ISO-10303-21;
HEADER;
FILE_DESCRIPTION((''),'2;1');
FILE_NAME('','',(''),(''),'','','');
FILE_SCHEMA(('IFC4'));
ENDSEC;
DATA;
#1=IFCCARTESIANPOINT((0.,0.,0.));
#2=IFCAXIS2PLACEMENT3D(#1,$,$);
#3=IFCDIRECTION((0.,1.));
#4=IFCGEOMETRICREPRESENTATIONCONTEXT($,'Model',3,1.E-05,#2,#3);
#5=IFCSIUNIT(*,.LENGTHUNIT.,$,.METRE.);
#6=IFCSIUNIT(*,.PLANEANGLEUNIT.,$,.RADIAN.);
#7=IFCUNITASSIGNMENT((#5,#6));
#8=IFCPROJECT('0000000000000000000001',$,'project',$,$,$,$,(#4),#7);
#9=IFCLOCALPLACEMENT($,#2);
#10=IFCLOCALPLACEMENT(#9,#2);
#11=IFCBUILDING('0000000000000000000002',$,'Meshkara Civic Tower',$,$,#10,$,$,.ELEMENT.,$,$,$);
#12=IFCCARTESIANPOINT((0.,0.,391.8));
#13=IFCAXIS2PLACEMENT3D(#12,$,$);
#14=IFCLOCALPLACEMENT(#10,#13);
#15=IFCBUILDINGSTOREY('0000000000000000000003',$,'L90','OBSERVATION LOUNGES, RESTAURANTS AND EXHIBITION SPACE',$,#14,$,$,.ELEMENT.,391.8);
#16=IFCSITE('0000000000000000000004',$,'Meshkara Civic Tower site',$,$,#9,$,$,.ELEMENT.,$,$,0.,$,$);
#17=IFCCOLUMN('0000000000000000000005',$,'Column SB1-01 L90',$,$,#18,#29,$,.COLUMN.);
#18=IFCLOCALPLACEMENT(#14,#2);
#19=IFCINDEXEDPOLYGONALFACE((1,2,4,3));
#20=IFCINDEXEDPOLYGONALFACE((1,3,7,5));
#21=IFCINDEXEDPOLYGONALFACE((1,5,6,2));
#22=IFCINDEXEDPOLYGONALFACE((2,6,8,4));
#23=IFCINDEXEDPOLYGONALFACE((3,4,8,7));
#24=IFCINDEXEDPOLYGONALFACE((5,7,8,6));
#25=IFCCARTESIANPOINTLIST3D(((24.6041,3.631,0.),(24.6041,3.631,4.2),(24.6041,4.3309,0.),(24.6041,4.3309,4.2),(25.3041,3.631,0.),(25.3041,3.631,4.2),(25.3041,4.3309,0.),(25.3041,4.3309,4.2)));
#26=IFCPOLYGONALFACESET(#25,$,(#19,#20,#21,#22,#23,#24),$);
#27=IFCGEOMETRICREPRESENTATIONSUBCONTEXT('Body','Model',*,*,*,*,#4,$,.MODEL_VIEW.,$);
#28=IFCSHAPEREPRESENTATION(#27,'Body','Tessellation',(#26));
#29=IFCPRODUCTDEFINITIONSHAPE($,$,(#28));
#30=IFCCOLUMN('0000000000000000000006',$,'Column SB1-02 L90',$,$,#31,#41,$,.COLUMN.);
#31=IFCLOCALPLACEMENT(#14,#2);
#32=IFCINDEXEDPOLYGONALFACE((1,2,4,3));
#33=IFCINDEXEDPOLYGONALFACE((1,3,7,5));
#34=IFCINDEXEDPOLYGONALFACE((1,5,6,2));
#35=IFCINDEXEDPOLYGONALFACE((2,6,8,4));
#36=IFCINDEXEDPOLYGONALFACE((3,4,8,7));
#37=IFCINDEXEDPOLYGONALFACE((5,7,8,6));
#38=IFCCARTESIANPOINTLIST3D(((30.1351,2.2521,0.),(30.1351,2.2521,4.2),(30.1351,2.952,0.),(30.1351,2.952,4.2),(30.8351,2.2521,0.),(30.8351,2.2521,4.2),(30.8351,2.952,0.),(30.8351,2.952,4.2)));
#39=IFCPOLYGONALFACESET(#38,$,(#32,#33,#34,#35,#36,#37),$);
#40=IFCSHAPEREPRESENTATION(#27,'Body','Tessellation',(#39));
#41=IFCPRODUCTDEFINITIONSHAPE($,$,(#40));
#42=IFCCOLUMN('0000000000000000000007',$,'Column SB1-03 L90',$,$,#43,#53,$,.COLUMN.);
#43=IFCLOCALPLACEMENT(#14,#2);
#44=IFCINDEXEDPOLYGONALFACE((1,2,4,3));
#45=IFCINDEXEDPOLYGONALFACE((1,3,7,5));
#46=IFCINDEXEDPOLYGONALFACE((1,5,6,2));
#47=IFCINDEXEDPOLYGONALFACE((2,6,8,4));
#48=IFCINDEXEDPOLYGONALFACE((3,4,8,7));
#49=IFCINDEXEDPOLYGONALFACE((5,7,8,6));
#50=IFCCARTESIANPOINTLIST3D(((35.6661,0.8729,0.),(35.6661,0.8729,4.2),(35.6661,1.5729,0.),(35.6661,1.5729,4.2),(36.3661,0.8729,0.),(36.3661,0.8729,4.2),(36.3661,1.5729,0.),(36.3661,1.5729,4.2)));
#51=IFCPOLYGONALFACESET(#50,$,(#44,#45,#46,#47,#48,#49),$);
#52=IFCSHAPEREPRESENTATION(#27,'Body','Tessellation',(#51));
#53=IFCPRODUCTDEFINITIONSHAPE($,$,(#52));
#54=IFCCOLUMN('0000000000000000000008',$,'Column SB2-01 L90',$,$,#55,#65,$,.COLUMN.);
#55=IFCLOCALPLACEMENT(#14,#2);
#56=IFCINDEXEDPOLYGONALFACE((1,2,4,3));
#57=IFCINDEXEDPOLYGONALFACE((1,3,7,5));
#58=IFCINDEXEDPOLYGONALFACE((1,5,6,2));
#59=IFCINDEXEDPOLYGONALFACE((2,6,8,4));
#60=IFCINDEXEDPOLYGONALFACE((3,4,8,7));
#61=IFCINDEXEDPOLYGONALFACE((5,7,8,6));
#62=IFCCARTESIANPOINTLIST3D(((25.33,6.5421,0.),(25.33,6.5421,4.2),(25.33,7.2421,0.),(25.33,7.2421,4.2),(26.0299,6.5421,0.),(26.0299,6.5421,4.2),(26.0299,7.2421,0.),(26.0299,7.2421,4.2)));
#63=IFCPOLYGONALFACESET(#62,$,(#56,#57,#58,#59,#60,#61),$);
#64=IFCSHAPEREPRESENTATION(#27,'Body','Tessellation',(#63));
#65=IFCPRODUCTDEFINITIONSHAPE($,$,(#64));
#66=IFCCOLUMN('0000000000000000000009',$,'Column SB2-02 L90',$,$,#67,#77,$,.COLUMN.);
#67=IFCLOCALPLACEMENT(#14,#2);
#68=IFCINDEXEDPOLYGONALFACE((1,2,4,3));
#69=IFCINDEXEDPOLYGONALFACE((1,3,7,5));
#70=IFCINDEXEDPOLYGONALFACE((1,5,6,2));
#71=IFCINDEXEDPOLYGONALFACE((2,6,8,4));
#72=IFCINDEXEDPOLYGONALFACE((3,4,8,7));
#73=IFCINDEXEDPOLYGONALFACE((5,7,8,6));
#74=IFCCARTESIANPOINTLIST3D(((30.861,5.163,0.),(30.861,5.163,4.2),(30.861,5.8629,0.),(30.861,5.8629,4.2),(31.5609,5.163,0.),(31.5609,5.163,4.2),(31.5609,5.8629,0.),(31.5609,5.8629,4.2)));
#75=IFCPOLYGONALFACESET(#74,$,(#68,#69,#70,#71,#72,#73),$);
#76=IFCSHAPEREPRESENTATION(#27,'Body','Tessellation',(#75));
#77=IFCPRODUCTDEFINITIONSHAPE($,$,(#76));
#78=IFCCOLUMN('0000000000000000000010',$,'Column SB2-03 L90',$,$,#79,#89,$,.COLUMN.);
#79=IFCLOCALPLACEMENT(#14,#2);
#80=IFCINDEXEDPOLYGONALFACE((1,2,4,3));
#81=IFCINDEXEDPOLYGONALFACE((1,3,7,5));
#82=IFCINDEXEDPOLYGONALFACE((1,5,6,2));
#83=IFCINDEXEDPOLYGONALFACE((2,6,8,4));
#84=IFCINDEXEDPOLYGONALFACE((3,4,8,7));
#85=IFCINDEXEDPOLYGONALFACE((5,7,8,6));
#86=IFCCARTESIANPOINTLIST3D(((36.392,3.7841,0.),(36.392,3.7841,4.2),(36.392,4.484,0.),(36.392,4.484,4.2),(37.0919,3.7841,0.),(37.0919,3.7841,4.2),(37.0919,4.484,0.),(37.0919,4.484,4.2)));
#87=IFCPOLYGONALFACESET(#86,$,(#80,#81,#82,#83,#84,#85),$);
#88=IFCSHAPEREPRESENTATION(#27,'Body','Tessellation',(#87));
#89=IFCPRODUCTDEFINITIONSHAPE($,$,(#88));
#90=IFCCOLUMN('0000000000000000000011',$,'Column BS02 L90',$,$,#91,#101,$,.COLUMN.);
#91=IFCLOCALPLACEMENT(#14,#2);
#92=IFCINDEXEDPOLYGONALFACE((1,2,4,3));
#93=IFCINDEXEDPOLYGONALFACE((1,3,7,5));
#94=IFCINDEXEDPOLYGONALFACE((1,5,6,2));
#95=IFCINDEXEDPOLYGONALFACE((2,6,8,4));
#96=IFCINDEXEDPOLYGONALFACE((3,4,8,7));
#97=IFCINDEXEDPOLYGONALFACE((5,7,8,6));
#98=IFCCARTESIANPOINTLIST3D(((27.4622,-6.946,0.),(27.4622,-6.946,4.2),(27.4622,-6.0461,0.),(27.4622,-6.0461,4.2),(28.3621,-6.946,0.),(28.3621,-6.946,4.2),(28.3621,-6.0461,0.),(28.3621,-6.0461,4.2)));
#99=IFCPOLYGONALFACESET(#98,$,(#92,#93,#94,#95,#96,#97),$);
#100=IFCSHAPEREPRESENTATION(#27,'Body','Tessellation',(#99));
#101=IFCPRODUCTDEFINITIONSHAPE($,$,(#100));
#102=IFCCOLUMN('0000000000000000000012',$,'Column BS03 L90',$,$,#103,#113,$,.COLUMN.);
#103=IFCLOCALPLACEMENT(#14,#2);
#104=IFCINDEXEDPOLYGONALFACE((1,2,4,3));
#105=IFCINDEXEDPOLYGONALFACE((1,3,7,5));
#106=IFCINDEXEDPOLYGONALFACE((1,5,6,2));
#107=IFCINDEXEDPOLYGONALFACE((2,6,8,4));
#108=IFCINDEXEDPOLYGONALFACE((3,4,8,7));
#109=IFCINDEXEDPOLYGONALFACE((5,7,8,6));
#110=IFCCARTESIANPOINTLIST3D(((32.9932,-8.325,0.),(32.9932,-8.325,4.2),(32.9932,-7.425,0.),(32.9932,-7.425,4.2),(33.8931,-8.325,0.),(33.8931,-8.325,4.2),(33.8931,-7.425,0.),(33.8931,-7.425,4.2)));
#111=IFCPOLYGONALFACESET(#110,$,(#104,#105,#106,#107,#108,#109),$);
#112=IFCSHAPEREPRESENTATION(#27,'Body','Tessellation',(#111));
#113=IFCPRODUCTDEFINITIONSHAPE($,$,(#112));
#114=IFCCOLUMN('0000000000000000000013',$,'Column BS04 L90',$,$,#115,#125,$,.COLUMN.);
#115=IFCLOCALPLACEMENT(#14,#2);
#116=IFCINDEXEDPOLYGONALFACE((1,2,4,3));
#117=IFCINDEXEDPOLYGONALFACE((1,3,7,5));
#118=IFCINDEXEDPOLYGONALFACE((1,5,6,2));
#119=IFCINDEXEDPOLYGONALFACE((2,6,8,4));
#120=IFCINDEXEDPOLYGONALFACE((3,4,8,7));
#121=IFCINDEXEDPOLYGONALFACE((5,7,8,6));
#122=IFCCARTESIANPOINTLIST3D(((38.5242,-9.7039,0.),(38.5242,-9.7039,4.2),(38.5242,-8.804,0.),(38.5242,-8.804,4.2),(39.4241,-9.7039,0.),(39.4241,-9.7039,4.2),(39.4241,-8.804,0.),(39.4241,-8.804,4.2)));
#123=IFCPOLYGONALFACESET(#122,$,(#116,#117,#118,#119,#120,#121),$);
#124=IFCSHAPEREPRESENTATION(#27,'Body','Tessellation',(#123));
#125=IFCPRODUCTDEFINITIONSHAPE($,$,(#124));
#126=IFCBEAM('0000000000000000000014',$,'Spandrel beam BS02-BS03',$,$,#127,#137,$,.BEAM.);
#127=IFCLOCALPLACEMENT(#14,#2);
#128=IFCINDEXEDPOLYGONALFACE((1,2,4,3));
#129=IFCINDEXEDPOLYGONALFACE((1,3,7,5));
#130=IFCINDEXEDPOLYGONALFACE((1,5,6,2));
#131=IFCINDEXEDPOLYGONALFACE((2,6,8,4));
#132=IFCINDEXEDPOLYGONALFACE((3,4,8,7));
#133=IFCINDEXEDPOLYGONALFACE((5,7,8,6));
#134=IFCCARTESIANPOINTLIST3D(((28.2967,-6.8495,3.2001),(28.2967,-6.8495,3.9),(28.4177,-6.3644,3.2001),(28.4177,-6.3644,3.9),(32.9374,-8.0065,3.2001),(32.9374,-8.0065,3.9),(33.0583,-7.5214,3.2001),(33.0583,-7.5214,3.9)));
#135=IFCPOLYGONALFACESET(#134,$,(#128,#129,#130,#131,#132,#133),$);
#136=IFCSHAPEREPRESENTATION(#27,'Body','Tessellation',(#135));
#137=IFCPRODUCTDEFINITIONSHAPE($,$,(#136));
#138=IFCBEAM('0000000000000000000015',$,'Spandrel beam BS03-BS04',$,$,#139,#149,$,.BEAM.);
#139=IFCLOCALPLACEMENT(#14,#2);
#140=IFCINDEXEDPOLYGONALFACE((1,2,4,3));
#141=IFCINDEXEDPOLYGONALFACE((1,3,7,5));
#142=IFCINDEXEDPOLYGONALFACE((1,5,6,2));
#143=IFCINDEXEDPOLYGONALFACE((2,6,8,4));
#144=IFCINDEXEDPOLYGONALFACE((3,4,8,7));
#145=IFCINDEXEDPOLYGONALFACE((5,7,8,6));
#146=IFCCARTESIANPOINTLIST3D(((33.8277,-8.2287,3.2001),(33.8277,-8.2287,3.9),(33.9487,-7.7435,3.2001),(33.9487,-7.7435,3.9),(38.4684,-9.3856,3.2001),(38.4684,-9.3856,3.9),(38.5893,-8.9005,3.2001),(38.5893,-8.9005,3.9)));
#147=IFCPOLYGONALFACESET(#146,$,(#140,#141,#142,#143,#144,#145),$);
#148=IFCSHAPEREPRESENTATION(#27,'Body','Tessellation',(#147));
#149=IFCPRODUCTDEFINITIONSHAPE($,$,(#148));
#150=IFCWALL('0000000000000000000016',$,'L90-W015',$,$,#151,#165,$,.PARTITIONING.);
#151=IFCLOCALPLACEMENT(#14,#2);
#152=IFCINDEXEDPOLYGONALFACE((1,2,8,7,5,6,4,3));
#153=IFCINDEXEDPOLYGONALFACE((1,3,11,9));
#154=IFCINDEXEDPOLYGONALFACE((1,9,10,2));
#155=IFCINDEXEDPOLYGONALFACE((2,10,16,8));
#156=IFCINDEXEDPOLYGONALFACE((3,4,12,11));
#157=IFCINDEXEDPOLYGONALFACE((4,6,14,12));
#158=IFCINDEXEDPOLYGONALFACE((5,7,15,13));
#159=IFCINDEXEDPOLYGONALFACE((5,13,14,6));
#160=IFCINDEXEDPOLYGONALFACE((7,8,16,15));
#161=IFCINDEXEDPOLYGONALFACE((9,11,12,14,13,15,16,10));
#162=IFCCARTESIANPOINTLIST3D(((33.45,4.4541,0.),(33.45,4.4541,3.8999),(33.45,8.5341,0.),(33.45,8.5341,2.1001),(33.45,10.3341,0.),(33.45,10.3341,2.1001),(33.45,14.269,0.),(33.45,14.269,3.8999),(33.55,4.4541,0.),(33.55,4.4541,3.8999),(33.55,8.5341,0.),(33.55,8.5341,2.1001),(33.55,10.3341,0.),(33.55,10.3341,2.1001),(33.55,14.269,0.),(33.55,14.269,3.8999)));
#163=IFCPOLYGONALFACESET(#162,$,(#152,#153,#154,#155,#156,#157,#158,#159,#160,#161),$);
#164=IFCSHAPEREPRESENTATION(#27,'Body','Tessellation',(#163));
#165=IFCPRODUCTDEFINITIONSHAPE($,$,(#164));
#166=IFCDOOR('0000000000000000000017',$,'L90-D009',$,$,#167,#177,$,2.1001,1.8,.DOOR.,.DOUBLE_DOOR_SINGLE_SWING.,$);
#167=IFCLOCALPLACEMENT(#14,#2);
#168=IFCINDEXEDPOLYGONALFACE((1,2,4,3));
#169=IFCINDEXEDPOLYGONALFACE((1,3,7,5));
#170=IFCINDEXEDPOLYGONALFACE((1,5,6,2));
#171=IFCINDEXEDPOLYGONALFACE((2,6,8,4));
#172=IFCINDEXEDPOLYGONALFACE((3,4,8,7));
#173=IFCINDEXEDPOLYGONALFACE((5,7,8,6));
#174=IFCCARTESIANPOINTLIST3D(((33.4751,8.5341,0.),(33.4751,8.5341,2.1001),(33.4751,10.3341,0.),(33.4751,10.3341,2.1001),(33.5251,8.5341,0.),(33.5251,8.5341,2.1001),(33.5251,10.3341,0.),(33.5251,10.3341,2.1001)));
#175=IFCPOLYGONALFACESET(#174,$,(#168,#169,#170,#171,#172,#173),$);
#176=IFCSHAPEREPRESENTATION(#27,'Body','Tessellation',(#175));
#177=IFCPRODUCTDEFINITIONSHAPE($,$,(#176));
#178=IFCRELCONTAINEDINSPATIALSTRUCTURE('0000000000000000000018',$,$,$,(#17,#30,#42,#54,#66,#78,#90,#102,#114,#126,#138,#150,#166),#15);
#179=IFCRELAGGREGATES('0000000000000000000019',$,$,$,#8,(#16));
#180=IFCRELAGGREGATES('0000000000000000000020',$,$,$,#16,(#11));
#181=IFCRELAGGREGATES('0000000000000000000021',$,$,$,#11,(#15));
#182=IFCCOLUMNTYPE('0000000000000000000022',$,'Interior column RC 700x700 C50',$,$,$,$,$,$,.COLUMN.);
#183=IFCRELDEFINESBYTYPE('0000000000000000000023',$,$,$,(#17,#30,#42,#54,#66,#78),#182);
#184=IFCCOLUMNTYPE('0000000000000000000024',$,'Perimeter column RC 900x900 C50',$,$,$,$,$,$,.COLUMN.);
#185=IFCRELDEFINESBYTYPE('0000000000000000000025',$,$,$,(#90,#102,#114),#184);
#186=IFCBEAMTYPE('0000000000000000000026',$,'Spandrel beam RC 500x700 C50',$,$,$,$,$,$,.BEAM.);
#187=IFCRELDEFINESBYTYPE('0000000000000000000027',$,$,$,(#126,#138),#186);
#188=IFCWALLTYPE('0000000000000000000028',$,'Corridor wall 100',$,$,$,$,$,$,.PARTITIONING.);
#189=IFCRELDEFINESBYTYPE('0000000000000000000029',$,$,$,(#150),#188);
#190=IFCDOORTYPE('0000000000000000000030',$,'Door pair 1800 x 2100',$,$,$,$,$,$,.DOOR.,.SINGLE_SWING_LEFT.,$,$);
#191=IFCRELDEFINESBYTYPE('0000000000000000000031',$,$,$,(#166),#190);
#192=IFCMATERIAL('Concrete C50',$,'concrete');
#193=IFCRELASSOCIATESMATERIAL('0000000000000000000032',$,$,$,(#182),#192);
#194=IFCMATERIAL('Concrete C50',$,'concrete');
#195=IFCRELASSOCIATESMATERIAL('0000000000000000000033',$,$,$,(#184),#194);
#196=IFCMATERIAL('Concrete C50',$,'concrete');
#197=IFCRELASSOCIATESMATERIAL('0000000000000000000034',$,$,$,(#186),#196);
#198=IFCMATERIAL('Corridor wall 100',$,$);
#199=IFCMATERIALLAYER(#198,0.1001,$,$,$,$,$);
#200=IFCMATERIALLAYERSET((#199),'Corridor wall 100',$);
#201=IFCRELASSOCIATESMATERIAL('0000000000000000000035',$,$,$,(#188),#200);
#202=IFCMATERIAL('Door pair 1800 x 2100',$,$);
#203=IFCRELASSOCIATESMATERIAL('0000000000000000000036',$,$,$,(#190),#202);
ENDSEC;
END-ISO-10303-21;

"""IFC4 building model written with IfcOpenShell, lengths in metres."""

from ifc_helpers import new_model, si_unit, direction, frame, frame_2d, origin, origin_2d, place, context, subcontext, project, spatial, rectangle, extrude, material, layer, layer_set, material_profile, profile_set, type_object, element, fill, save


model = new_model("IFC4")

# Units and contexts
model_context = context("Model", 3, precision=1e-05, world=origin(), true_north=direction((0.0, 1.0)))
body_context = subcontext(model_context, "Body", "Model", "MODEL_VIEW")
ifc_project = project(units=[si_unit("LENGTHUNIT", "METRE"), si_unit("PLANEANGLEUNIT", "RADIAN")], contexts=[model_context])

# Site, building, storey
site_placement = place(None, origin())
site = spatial("IfcSite", under=ifc_project, at=site_placement, Name="Meshkara Civic Tower site", CompositionType="ELEMENT", RefElevation=0.0)
building_placement = place(site_placement, origin())
building = spatial("IfcBuilding", under=site, at=building_placement, Name="Meshkara Civic Tower", CompositionType="ELEMENT")
storey_placement = place(building_placement, frame((0.0, 0.0, 391.8)))
storey = spatial("IfcBuildingStorey", under=building, at=storey_placement, Name="L90", Description="OBSERVATION LOUNGES, RESTAURANTS AND EXHIBITION SPACE", CompositionType="ELEMENT", Elevation=391.8)

# Columns
ifc_material_1 = material(Name="Concrete C50", Category="concrete")
ifc_material_profile_1 = material_profile(ifc_material_1, rectangle(XDim=0.7, YDim=0.7, at=origin_2d()))
ifc_profile_set_1 = profile_set([ifc_material_profile_1], Name="Concrete C50")
column_type_1 = type_object("IfcColumnType", Name="Interior column RC 700x700 C50", PredefinedType="COLUMN", material=ifc_profile_set_1)
for number, where, z_axis, x_axis, name in (
    (1, (24.9541, 3.981, 0.0), (0.0, 0.0, 1.0), (1.0, 0.0, 0.0), "Column SB1-01 L90"),
    (2, (30.4851, 2.6021, 0.0), (0.0, 0.0, 1.0), (1.0, 0.0, 0.0), "Column SB1-02 L90"),
    (3, (36.0161, 1.2229, 0.0), (0.0, 0.0, 1.0), (1.0, 0.0, 0.0), "Column SB1-03 L90"),
    (4, (25.6799, 6.8921, 0.0), (0.0, 0.0, 1.0), (1.0, 0.0, 0.0), "Column SB2-01 L90"),
    (5, (31.2109, 5.5129, 0.0), (0.0, 0.0, 1.0), (1.0, 0.0, 0.0), "Column SB2-02 L90"),
    (6, (36.7419, 4.134, 0.0), (0.0, 0.0, 1.0), (1.0, 0.0, 0.0), "Column SB2-03 L90"),
):
    element("IfcColumn", number, at=place(storey_placement, frame(where, z_axis=z_axis, x_axis=x_axis)), inside=storey, type_object=column_type_1, Name=name, PredefinedType="COLUMN", context=body_context, shape_type="SweptSolid", body=[
        extrude(rectangle(XDim=0.7, YDim=0.7, at=origin_2d()), origin(), (0.0, 0.0, 1.0), 4.2),
    ])
ifc_material_2 = material(Name="Concrete C50", Category="concrete")
ifc_material_profile_2 = material_profile(ifc_material_2, rectangle(XDim=0.8999, YDim=0.8999, at=origin_2d()))
ifc_profile_set_2 = profile_set([ifc_material_profile_2], Name="Concrete C50")
column_type_2 = type_object("IfcColumnType", Name="Perimeter column RC 900x900 C50", PredefinedType="COLUMN", material=ifc_profile_set_2)
for number, where, z_axis, x_axis, name in (
    (7, (27.9121, -6.4961, 0.0), (0.0, 0.0, 1.0), (1.0, 0.0, 0.0), "Column BS02 L90"),
    (8, (33.4431, -7.875, 0.0), (0.0, 0.0, 1.0), (1.0, 0.0, 0.0), "Column BS03 L90"),
    (9, (38.9741, -9.2539, 0.0), (0.0, 0.0, 1.0), (1.0, 0.0, 0.0), "Column BS04 L90"),
):
    element("IfcColumn", number, at=place(storey_placement, frame(where, z_axis=z_axis, x_axis=x_axis)), inside=storey, type_object=column_type_2, Name=name, PredefinedType="COLUMN", context=body_context, shape_type="SweptSolid", body=[
        extrude(rectangle(XDim=0.8999, YDim=0.8999, at=origin_2d()), origin(), (0.0, 0.0, 1.0), 4.2),
    ])

# Beams
ifc_material_3 = material(Name="Concrete C50", Category="concrete")
ifc_material_profile_3 = material_profile(ifc_material_3, rectangle(XDim=0.5, YDim=0.7, at=origin_2d()))
ifc_profile_set_3 = profile_set([ifc_material_profile_3], Name="Concrete C50")
beam_type = type_object("IfcBeamType", Name="Spandrel beam RC 500x700 C50", PredefinedType="BEAM", material=ifc_profile_set_3)
for number, where, z_axis, x_axis, name in (
    (10, (28.3572, -6.6069, 3.55), (0.970298, -0.241911, 0.0), (0.241911, 0.970298, 0.0), "Spandrel beam BS02-BS03"),
    (11, (33.8882, -7.9861, 3.55), (0.970298, -0.241911, 0.0), (0.241911, 0.970298, 0.0), "Spandrel beam BS03-BS04"),
):
    element("IfcBeam", number, at=place(storey_placement, frame(where, z_axis=z_axis, x_axis=x_axis)), inside=storey, type_object=beam_type, Name=name, PredefinedType="BEAM", context=body_context, shape_type="SweptSolid", body=[
        extrude(rectangle(XDim=0.5, YDim=0.7, at=origin_2d()), origin(), (0.0, 0.0, 1.0), 4.7827),
    ])

# Wall, opening, door
ifc_material_4 = material(Name="Corridor wall 100")
ifc_layer_1 = layer(ifc_material_4, 0.1001)
ifc_layer_set_1 = layer_set([ifc_layer_1], Name="Corridor wall 100")
wall_type_1 = type_object("IfcWallType", Name="Corridor wall 100", PredefinedType="PARTITIONING", material=ifc_layer_set_1)
wall_1_placement = place(storey_placement, frame((33.5, 4.4541, 0.0), z_axis=(0.0, 0.0, 1.0), x_axis=(0.0, 1.0, 0.0)))
wall_1 = element("IfcWall", 12, at=wall_1_placement, inside=storey, type_object=wall_type_1, Name="L90-W015", PredefinedType="PARTITIONING", context=body_context, shape_type="SweptSolid", body=[
    extrude(rectangle(XDim=9.8149, YDim=0.1001, at=frame_2d((4.9075, 0.0))), origin(), (0.0, 0.0, 1.0), 3.8999),
])
opening_1_placement = place(wall_1_placement, frame((4.0801, 0.0, 0.0)))
opening_1 = element("IfcOpeningElement", 13, at=opening_1_placement, cuts=wall_1, PredefinedType="OPENING", context=body_context, shape_type="SweptSolid", body=[
    extrude(rectangle(XDim=1.8, YDim=2.1001, at=frame_2d((0.8999, 1.05))), frame((0.0, 0.0601, 0.0), z_axis=(0.0, -1.0, 0.0), x_axis=(1.0, 0.0, 0.0)), (0.0, 0.0, 1.0), 0.1201),
])
ifc_material_5 = material(Name="Door pair 1800 x 2100")
door_type = type_object("IfcDoorType", Name="Door pair 1800 x 2100", OperationType="SINGLE_SWING_LEFT", PredefinedType="DOOR", material=ifc_material_5)
door_placement = place(opening_1_placement, origin())
door = element("IfcDoor", 14, at=door_placement, inside=storey, type_object=door_type, Name="L90-D009", OperationType="DOUBLE_DOOR_SINGLE_SWING", OverallHeight=2.1001, OverallWidth=1.8, PredefinedType="DOOR", context=body_context, shape_type="SweptSolid", body=[
    extrude(rectangle(XDim=1.8, YDim=2.1001, at=frame_2d((0.8999, 1.05))), frame((0.0, 0.0249, 0.0), z_axis=(0.0, -1.0, 0.0), x_axis=(1.0, 0.0, 0.0)), (0.0, 0.0, 1.0), 0.05),
])
fill(opening_1, door)

save(model, "model.ifc")
